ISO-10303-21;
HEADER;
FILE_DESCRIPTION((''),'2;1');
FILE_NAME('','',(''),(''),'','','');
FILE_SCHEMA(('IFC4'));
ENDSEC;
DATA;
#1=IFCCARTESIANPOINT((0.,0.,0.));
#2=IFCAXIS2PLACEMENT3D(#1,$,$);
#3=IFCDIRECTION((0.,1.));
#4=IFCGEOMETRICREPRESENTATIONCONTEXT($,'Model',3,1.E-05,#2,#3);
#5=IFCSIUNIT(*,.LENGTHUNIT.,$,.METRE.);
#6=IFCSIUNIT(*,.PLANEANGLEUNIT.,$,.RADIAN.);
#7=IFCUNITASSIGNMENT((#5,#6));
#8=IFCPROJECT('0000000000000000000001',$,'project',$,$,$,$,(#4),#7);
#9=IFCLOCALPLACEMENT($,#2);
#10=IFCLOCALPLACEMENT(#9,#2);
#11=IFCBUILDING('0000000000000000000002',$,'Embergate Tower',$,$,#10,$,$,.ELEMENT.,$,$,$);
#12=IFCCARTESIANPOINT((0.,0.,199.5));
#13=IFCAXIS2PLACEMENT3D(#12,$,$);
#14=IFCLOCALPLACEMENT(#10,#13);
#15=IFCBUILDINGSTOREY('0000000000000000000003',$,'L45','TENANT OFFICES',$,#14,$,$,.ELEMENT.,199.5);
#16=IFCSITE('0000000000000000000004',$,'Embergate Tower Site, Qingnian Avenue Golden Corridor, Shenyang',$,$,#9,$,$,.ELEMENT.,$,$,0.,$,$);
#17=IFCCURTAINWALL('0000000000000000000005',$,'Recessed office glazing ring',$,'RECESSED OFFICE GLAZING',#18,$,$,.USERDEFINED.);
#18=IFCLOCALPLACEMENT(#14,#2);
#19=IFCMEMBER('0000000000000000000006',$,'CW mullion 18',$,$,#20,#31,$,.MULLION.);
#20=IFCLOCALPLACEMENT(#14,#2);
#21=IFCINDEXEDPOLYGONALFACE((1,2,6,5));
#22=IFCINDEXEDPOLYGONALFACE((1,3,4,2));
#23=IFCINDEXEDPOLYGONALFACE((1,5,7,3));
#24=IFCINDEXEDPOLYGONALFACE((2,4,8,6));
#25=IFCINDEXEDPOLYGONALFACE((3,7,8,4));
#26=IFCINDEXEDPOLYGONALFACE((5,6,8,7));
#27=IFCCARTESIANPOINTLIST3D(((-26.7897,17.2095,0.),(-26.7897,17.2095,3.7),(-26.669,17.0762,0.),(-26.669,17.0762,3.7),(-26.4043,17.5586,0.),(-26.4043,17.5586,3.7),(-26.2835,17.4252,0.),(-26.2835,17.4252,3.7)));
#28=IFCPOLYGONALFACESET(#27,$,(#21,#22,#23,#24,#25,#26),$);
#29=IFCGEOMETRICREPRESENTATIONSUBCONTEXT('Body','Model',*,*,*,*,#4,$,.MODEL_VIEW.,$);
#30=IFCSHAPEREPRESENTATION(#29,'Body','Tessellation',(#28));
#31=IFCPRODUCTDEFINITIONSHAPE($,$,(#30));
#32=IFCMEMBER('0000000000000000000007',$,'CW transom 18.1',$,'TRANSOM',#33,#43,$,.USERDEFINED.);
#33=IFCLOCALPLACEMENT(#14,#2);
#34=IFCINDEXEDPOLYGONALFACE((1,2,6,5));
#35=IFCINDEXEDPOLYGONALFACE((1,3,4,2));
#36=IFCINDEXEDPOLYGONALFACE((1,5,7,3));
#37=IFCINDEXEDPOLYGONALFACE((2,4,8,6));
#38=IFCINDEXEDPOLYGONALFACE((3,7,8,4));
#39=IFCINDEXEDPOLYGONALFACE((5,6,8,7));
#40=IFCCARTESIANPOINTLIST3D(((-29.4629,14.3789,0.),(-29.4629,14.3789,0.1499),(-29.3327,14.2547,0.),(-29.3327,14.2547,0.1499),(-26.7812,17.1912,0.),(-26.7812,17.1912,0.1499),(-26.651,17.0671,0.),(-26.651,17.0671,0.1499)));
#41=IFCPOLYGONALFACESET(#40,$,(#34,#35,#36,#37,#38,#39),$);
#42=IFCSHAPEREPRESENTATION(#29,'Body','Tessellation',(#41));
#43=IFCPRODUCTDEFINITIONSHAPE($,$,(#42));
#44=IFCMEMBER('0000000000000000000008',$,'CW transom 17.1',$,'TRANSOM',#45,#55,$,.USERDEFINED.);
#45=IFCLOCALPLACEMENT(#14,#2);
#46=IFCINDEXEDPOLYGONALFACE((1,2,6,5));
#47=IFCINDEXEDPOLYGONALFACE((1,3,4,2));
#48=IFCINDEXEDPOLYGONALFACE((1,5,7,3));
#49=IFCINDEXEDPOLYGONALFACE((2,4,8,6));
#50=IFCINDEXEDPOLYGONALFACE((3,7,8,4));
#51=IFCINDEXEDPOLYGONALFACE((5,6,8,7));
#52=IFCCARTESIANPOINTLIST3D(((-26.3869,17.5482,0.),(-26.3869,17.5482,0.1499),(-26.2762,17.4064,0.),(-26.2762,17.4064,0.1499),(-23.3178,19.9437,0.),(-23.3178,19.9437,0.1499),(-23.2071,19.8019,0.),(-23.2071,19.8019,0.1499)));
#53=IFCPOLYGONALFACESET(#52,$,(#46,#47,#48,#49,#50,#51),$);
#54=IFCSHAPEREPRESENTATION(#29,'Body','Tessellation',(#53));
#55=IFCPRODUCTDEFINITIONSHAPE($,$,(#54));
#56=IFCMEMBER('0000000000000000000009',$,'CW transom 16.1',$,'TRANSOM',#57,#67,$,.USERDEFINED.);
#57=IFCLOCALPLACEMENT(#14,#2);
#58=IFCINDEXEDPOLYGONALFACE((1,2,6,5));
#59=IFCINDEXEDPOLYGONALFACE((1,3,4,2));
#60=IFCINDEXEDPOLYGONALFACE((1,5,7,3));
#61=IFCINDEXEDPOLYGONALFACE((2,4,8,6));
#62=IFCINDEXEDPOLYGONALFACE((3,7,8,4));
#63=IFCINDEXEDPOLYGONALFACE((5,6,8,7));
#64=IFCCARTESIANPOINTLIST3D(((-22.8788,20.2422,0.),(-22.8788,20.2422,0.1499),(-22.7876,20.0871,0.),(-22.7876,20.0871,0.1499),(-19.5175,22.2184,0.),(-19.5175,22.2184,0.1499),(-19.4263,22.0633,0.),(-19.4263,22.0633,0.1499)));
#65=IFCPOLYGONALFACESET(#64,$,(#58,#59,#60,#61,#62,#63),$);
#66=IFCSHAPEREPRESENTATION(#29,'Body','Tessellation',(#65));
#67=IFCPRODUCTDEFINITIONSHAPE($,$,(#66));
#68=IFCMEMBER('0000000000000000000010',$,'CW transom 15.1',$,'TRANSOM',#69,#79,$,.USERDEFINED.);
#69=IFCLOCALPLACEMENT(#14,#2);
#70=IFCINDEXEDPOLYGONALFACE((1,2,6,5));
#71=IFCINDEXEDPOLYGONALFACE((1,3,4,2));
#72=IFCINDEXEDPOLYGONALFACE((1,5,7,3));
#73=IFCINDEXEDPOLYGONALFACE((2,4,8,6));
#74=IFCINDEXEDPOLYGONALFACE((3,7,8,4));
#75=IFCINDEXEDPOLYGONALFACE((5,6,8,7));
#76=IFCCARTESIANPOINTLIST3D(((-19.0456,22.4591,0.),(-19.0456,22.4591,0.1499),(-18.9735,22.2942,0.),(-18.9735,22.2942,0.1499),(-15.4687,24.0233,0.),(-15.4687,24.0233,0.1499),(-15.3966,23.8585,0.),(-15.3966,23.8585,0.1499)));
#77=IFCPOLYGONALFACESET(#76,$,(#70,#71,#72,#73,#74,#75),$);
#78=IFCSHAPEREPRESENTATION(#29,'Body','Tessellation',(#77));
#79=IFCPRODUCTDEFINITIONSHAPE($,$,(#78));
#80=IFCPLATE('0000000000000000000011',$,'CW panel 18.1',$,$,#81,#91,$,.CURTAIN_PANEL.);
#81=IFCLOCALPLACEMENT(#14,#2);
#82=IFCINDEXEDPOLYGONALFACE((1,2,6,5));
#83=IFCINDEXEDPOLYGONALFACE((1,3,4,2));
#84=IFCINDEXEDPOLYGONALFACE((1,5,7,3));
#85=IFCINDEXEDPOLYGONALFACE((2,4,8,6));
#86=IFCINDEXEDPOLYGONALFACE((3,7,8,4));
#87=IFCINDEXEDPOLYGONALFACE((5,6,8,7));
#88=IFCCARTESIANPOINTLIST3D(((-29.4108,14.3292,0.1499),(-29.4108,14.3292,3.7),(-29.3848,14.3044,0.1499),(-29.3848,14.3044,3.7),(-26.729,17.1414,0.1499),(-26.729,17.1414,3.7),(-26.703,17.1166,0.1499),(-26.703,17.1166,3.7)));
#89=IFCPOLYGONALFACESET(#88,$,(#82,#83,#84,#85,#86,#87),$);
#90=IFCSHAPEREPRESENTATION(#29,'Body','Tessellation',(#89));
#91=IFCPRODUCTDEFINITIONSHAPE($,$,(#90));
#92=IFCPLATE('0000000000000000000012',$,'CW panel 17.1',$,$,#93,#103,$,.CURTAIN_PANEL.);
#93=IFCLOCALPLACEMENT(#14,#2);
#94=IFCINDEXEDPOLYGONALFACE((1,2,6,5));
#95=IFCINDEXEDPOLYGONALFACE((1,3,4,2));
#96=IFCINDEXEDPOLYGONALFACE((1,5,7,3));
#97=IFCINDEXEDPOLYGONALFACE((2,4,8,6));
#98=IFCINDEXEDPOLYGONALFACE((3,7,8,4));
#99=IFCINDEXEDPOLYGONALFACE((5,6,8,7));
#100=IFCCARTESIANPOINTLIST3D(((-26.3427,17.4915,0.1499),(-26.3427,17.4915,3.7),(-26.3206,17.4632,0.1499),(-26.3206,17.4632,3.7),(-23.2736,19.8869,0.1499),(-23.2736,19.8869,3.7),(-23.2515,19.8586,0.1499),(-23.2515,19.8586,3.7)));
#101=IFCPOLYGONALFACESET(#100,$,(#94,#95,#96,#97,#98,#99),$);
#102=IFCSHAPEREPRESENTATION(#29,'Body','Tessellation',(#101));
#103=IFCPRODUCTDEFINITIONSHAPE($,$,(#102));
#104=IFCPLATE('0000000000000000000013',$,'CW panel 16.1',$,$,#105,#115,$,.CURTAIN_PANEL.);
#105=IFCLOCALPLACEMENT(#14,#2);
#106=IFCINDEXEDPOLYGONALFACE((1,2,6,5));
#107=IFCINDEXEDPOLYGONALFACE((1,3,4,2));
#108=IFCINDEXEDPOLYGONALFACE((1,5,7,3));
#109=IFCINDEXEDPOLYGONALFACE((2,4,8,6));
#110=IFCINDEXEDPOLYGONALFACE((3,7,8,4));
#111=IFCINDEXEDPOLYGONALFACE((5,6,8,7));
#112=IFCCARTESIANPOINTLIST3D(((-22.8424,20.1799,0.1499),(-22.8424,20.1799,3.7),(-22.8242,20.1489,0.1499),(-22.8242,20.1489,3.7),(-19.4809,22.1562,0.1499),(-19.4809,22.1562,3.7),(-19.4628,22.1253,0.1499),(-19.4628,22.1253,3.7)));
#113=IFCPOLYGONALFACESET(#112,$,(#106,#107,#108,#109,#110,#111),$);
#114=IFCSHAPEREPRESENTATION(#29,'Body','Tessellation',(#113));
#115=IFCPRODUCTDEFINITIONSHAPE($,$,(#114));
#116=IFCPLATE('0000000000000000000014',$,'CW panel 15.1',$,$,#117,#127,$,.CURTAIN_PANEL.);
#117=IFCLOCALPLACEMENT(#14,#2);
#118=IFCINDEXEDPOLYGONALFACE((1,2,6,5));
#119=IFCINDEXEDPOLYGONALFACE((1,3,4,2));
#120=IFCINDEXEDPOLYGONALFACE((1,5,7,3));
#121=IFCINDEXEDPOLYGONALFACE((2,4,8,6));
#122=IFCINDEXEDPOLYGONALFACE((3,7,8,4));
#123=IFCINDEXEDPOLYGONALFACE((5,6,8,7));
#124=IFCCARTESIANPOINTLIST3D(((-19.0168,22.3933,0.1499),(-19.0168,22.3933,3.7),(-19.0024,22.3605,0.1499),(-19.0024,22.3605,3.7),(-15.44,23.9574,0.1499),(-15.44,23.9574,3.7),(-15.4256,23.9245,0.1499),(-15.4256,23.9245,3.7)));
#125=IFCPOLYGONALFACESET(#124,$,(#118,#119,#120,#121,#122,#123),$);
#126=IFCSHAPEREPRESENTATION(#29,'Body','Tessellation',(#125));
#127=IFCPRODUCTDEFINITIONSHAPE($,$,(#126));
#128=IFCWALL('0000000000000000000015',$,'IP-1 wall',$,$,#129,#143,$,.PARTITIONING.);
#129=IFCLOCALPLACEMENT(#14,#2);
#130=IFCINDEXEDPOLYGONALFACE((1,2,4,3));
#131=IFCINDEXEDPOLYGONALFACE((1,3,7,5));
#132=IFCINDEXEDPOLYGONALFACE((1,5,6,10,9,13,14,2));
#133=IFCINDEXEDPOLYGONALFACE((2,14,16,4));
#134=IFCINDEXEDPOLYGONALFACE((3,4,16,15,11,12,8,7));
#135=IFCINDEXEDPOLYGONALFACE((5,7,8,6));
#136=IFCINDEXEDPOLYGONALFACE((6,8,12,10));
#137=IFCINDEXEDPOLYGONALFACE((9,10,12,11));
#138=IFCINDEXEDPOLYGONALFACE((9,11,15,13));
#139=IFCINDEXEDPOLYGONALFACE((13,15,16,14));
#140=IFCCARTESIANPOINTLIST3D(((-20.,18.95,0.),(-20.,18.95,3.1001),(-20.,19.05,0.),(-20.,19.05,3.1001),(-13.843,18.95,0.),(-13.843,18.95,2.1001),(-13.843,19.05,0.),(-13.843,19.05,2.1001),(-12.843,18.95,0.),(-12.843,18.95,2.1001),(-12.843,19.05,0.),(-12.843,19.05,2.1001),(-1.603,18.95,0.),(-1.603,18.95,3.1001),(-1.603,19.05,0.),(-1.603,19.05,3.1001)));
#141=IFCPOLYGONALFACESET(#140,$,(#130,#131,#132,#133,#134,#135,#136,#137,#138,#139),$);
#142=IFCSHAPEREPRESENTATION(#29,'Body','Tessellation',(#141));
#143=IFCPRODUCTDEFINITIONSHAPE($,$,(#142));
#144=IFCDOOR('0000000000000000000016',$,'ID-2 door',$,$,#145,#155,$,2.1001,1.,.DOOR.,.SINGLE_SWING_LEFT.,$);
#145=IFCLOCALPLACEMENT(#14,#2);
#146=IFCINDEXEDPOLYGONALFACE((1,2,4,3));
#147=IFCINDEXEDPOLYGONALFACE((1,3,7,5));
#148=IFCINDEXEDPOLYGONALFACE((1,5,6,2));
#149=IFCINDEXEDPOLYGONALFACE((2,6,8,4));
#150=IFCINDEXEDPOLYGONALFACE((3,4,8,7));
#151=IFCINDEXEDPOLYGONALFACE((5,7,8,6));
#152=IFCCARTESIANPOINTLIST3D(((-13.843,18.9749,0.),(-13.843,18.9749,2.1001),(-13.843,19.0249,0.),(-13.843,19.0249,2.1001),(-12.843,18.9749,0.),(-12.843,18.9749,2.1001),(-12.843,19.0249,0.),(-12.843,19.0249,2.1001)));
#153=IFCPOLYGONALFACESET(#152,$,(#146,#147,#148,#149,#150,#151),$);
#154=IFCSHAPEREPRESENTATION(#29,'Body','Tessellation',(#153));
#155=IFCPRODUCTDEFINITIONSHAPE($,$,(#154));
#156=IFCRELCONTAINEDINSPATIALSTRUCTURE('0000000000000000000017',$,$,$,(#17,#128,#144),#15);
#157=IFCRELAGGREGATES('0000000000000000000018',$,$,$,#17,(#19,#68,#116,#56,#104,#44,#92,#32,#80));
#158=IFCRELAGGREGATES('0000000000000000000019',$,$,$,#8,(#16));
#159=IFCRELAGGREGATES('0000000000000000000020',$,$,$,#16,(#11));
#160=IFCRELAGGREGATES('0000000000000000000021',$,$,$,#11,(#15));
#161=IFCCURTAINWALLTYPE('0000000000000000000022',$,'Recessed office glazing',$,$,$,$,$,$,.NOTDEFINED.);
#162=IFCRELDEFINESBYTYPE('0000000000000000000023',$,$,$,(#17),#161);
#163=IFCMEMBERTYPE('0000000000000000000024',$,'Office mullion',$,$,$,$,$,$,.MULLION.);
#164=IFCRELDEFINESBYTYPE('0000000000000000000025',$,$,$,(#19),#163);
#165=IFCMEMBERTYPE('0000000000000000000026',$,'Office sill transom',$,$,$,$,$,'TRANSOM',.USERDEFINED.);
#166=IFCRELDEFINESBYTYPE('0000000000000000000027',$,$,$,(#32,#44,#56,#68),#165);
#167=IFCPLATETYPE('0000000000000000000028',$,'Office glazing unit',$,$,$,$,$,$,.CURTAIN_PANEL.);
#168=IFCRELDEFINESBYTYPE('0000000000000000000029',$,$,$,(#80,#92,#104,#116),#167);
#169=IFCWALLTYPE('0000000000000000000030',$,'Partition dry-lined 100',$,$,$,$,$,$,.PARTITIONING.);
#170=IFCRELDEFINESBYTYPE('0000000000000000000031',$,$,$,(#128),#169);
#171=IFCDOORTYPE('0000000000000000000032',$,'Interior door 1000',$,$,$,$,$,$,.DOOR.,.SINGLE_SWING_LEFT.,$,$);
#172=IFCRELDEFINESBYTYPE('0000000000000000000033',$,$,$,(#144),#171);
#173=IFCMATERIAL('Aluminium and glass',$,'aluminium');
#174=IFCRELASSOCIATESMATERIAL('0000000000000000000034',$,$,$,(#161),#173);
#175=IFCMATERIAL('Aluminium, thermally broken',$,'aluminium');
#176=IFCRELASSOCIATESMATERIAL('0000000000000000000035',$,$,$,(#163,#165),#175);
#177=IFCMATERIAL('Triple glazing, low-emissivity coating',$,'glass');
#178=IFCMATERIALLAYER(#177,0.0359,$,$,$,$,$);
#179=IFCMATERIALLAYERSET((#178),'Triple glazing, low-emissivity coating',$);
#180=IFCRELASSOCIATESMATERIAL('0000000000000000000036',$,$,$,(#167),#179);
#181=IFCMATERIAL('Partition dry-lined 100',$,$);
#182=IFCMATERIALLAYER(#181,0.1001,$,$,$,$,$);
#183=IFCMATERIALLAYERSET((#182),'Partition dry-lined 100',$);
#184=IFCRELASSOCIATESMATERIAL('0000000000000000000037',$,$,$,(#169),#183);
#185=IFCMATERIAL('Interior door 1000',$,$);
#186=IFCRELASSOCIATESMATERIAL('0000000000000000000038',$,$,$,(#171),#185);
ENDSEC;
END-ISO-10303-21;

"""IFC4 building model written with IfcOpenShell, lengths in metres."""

from ifc_helpers import new_model, si_unit, direction, frame, frame_2d, origin, origin_2d, place, context, subcontext, project, spatial, rectangle, extrude, source, transform, mapped, material, layer, layer_set, material_profile, profile_set, type_object, element, fill, aggregate, save


model = new_model("IFC4")

# Units and contexts
model_context = context("Model", 3, precision=1e-05, world=origin(), true_north=direction((0.0, 1.0)))
body_context = subcontext(model_context, "Body", "Model", "MODEL_VIEW")
ifc_project = project(units=[si_unit("LENGTHUNIT", "METRE"), si_unit("PLANEANGLEUNIT", "RADIAN")], contexts=[model_context])

# Site, building, storey
site_placement = place(None, origin())
site = spatial("IfcSite", under=ifc_project, at=site_placement, Name="Embergate Tower Site, Qingnian Avenue Golden Corridor, Shenyang", CompositionType="ELEMENT", RefElevation=0.0)
building_placement = place(site_placement, origin())
building = spatial("IfcBuilding", under=site, at=building_placement, Name="Embergate Tower", CompositionType="ELEMENT")
storey_placement = place(building_placement, frame((0.0, 0.0, 199.5)))
storey = spatial("IfcBuildingStorey", under=building, at=storey_placement, Name="L45", Description="TENANT OFFICES", CompositionType="ELEMENT", Elevation=199.5)

# Curtain wall, members, plates
ifc_material_1 = material(Name="Aluminium and glass", Category="aluminium")
curtain_wall_type = type_object("IfcCurtainWallType", Name="Recessed office glazing", PredefinedType="NOTDEFINED", material=ifc_material_1)
curtain_wall_placement = place(storey_placement, origin())
curtain_wall = element("IfcCurtainWall", 1, at=curtain_wall_placement, inside=storey, type_object=curtain_wall_type, Name="Recessed office glazing ring", ObjectType="RECESSED OFFICE GLAZING", PredefinedType="USERDEFINED")
ifc_material_2 = material(Name="Aluminium, thermally broken", Category="aluminium")
ifc_material_profile_1 = material_profile(ifc_material_2, rectangle(XDim=0.1799, YDim=0.52, at=origin_2d()), Name="AL 520x180")
ifc_profile_set_1 = profile_set([ifc_material_profile_1], Name="Aluminium, thermally broken")
member_type_1 = type_object("IfcMemberType", Name="Office mullion", PredefinedType="MULLION", material=ifc_profile_set_1)
shared_shape_1 = source(origin(), body_context, "Body", "SweptSolid", [
    extrude(rectangle(XDim=0.1799, YDim=0.52, at=origin_2d()), origin(), (0.0, 0.0, 1.0), 3.7),
])
member_1_placement = place(storey_placement, frame((-26.5366, 17.3174, 0.0), z_axis=(0.0, 0.0, 1.0), x_axis=(0.671236, -0.741244, 0.0)))
member_1 = element("IfcMember", 2, at=member_1_placement, type_object=member_type_1, Name="CW mullion 18", PredefinedType="MULLION", context=body_context, shape_type="MappedRepresentation", body=[
    mapped(shared_shape_1, transform((0.0, 0.0, 0.0))),
])
ifc_material_profile_2 = material_profile(ifc_material_2, rectangle(XDim=0.1799, YDim=0.1499, at=origin_2d()), Name="AL 150x180")
ifc_profile_set_2 = profile_set([ifc_material_profile_2], Name="Aluminium, thermally broken")
member_type_2 = type_object("IfcMemberType", Name="Office sill transom", ElementType="TRANSOM", PredefinedType="USERDEFINED", material=ifc_profile_set_2)
shared_shape_2 = source(origin(), body_context, "Body", "SweptSolid", [
    extrude(rectangle(XDim=0.1799, YDim=0.1499, at=origin_2d()), origin(), (0.0, 0.0, 1.0), 3.886),
])
member_2_placement = place(storey_placement, frame((-26.7161, 17.1292, 0.075), z_axis=(-0.690101, -0.723713, 0.0), x_axis=(0.723713, -0.690101, 0.0)))
member_2 = element("IfcMember", 3, at=member_2_placement, type_object=member_type_2, Name="CW transom 18.1", ObjectType="TRANSOM", PredefinedType="USERDEFINED", context=body_context, shape_type="MappedRepresentation", body=[
    mapped(shared_shape_2, transform((0.0, 0.0, 0.0))),
])
shared_shape_3 = source(origin(), body_context, "Body", "SweptSolid", [
    extrude(rectangle(XDim=0.1799, YDim=0.1499, at=origin_2d()), origin(), (0.0, 0.0, 1.0), 3.8933),
])
member_3_placement = place(storey_placement, frame((-23.2625, 19.8728, 0.075), z_axis=(-0.788301, -0.61529, 0.0), x_axis=(0.61529, -0.788301, 0.0)))
member_3 = element("IfcMember", 4, at=member_3_placement, type_object=member_type_2, Name="CW transom 17.1", ObjectType="TRANSOM", PredefinedType="USERDEFINED", context=body_context, shape_type="MappedRepresentation", body=[
    mapped(shared_shape_3, transform((0.0, 0.0, 0.0))),
])
shared_shape_4 = source(origin(), body_context, "Body", "SweptSolid", [
    extrude(rectangle(XDim=0.1799, YDim=0.1499, at=origin_2d()), origin(), (0.0, 0.0, 1.0), 3.8992),
])
member_4_placement = place(storey_placement, frame((-19.4719, 22.1409, 0.075), z_axis=(-0.862039, -0.506842, 0.0), x_axis=(0.506842, -0.862039, 0.0)))
member_4 = element("IfcMember", 5, at=member_4_placement, type_object=member_type_2, Name="CW transom 16.1", ObjectType="TRANSOM", PredefinedType="USERDEFINED", context=body_context, shape_type="MappedRepresentation", body=[
    mapped(shared_shape_4, transform((0.0, 0.0, 0.0))),
])
shared_shape_5 = source(origin(), body_context, "Body", "SweptSolid", [
    extrude(rectangle(XDim=0.1799, YDim=0.1499, at=origin_2d()), origin(), (0.0, 0.0, 1.0), 3.9041),
])
member_5_placement = place(storey_placement, frame((-15.4326, 23.9409, 0.075), z_axis=(-0.916222, -0.400671, 0.0), x_axis=(0.400671, -0.916222, 0.0)))
member_5 = element("IfcMember", 6, at=member_5_placement, type_object=member_type_2, Name="CW transom 15.1", ObjectType="TRANSOM", PredefinedType="USERDEFINED", context=body_context, shape_type="MappedRepresentation", body=[
    mapped(shared_shape_5, transform((0.0, 0.0, 0.0))),
])
ifc_material_3 = material(Name="Triple glazing, low-emissivity coating", Category="glass")
ifc_layer_1 = layer(ifc_material_3, 0.0359)
ifc_layer_set_1 = layer_set([ifc_layer_1], Name="Triple glazing, low-emissivity coating")
plate_type = type_object("IfcPlateType", Name="Office glazing unit", PredefinedType="CURTAIN_PANEL", material=ifc_layer_set_1)
shared_shape_6 = source(origin(), body_context, "Body", "SweptSolid", [
    extrude(rectangle(XDim=3.886, YDim=0.0359, at=origin_2d()), origin(), (0.0, 0.0, 1.0), 3.55),
])
plate_1_placement = place(storey_placement, frame((-28.0569, 15.7229, 0.1499), z_axis=(0.0, 0.0, 1.0), x_axis=(-0.690124, -0.723691, 0.0)))
plate_1 = element("IfcPlate", 7, at=plate_1_placement, type_object=plate_type, Name="CW panel 18.1", PredefinedType="CURTAIN_PANEL", context=body_context, shape_type="MappedRepresentation", body=[
    mapped(shared_shape_6, transform((0.0, 0.0, 0.0))),
])
shared_shape_7 = source(origin(), body_context, "Body", "SweptSolid", [
    extrude(rectangle(XDim=3.8933, YDim=0.0359, at=origin_2d()), origin(), (0.0, 0.0, 1.0), 3.55),
])
plate_2_placement = place(storey_placement, frame((-24.7971, 18.675, 0.1499), z_axis=(0.0, 0.0, 1.0), x_axis=(-0.788312, -0.615276, 0.0)))
plate_2 = element("IfcPlate", 8, at=plate_2_placement, type_object=plate_type, Name="CW panel 17.1", PredefinedType="CURTAIN_PANEL", context=body_context, shape_type="MappedRepresentation", body=[
    mapped(shared_shape_7, transform((0.0, 0.0, 0.0))),
])
shared_shape_8 = source(origin(), body_context, "Body", "SweptSolid", [
    extrude(rectangle(XDim=3.8994, YDim=0.0359, at=origin_2d()), origin(), (0.0, 0.0, 1.0), 3.55),
])
plate_3_placement = place(storey_placement, frame((-21.1526, 21.1526, 0.1499), z_axis=(0.0, 0.0, 1.0), x_axis=(-0.862046, -0.50683, 0.0)))
plate_3 = element("IfcPlate", 9, at=plate_3_placement, type_object=plate_type, Name="CW panel 16.1", PredefinedType="CURTAIN_PANEL", context=body_context, shape_type="MappedRepresentation", body=[
    mapped(shared_shape_8, transform((0.0, 0.0, 0.0))),
])
shared_shape_9 = source(origin(), body_context, "Body", "SweptSolid", [
    extrude(rectangle(XDim=3.9038, YDim=0.0359, at=origin_2d()), origin(), (0.0, 0.0, 1.0), 3.55),
])
plate_4_placement = place(storey_placement, frame((-17.2212, 23.1589, 0.1499), z_axis=(0.0, 0.0, 1.0), x_axis=(-0.916231, -0.40065, 0.0)))
plate_4 = element("IfcPlate", 10, at=plate_4_placement, type_object=plate_type, Name="CW panel 15.1", PredefinedType="CURTAIN_PANEL", context=body_context, shape_type="MappedRepresentation", body=[
    mapped(shared_shape_9, transform((0.0, 0.0, 0.0))),
])
aggregate(curtain_wall, [member_1, member_5, plate_4, member_4, plate_3, member_3, plate_2, member_2, plate_1])

# Wall, opening, door
ifc_material_4 = material(Name="Partition dry-lined 100")
ifc_layer_2 = layer(ifc_material_4, 0.1001)
ifc_layer_set_2 = layer_set([ifc_layer_2], Name="Partition dry-lined 100")
wall_type = type_object("IfcWallType", Name="Partition dry-lined 100", PredefinedType="PARTITIONING", material=ifc_layer_set_2)
shared_shape_10 = source(origin(), body_context, "Body", "SweptSolid", [
    extrude(rectangle(XDim=18.397, YDim=0.1001, at=frame_2d((9.1985, 0.0))), origin(), (0.0, 0.0, 1.0), 3.1001),
])
wall_placement = place(storey_placement, frame((-20.0, 19.0, 0.0), z_axis=(0.0, 0.0, 1.0), x_axis=(1.0, 0.0, 0.0)))
wall = element("IfcWall", 11, at=wall_placement, inside=storey, type_object=wall_type, Name="IP-1 wall", PredefinedType="PARTITIONING", context=body_context, shape_type="MappedRepresentation", body=[
    mapped(shared_shape_10, transform((0.0, 0.0, 0.0))),
])
shared_shape_11 = source(origin(), body_context, "Body", "SweptSolid", [
    extrude(rectangle(XDim=1.0, YDim=2.1001, at=frame_2d((0.5, 1.05))), frame((0.0, 0.0601, 0.0), z_axis=(0.0, -1.0, 0.0), x_axis=(1.0, 0.0, 0.0)), (0.0, 0.0, 1.0), 0.1201),
])
opening_placement = place(wall_placement, frame((6.157, 0.0, 0.0)))
opening = element("IfcOpeningElement", 12, at=opening_placement, cuts=wall, PredefinedType="OPENING", context=body_context, shape_type="MappedRepresentation", body=[
    mapped(shared_shape_11, transform((0.0, 0.0, 0.0))),
])
ifc_material_5 = material(Name="Interior door 1000")
door_type = type_object("IfcDoorType", Name="Interior door 1000", OperationType="SINGLE_SWING_LEFT", PredefinedType="DOOR", material=ifc_material_5)
shared_shape_12 = source(origin(), body_context, "Body", "SweptSolid", [
    extrude(rectangle(XDim=1.0, YDim=2.1001, at=frame_2d((0.5, 1.05))), frame((0.0, 0.0249, 0.0), z_axis=(0.0, -1.0, 0.0), x_axis=(1.0, 0.0, 0.0)), (0.0, 0.0, 1.0), 0.05),
])
door_placement = place(opening_placement, origin())
door = element("IfcDoor", 13, at=door_placement, inside=storey, type_object=door_type, Name="ID-2 door", OperationType="SINGLE_SWING_LEFT", OverallHeight=2.1001, OverallWidth=1.0, PredefinedType="DOOR", context=body_context, shape_type="MappedRepresentation", body=[
    mapped(shared_shape_12, transform((0.0, 0.0, 0.0))),
])
fill(opening, door)

save(model, "model.ifc")
